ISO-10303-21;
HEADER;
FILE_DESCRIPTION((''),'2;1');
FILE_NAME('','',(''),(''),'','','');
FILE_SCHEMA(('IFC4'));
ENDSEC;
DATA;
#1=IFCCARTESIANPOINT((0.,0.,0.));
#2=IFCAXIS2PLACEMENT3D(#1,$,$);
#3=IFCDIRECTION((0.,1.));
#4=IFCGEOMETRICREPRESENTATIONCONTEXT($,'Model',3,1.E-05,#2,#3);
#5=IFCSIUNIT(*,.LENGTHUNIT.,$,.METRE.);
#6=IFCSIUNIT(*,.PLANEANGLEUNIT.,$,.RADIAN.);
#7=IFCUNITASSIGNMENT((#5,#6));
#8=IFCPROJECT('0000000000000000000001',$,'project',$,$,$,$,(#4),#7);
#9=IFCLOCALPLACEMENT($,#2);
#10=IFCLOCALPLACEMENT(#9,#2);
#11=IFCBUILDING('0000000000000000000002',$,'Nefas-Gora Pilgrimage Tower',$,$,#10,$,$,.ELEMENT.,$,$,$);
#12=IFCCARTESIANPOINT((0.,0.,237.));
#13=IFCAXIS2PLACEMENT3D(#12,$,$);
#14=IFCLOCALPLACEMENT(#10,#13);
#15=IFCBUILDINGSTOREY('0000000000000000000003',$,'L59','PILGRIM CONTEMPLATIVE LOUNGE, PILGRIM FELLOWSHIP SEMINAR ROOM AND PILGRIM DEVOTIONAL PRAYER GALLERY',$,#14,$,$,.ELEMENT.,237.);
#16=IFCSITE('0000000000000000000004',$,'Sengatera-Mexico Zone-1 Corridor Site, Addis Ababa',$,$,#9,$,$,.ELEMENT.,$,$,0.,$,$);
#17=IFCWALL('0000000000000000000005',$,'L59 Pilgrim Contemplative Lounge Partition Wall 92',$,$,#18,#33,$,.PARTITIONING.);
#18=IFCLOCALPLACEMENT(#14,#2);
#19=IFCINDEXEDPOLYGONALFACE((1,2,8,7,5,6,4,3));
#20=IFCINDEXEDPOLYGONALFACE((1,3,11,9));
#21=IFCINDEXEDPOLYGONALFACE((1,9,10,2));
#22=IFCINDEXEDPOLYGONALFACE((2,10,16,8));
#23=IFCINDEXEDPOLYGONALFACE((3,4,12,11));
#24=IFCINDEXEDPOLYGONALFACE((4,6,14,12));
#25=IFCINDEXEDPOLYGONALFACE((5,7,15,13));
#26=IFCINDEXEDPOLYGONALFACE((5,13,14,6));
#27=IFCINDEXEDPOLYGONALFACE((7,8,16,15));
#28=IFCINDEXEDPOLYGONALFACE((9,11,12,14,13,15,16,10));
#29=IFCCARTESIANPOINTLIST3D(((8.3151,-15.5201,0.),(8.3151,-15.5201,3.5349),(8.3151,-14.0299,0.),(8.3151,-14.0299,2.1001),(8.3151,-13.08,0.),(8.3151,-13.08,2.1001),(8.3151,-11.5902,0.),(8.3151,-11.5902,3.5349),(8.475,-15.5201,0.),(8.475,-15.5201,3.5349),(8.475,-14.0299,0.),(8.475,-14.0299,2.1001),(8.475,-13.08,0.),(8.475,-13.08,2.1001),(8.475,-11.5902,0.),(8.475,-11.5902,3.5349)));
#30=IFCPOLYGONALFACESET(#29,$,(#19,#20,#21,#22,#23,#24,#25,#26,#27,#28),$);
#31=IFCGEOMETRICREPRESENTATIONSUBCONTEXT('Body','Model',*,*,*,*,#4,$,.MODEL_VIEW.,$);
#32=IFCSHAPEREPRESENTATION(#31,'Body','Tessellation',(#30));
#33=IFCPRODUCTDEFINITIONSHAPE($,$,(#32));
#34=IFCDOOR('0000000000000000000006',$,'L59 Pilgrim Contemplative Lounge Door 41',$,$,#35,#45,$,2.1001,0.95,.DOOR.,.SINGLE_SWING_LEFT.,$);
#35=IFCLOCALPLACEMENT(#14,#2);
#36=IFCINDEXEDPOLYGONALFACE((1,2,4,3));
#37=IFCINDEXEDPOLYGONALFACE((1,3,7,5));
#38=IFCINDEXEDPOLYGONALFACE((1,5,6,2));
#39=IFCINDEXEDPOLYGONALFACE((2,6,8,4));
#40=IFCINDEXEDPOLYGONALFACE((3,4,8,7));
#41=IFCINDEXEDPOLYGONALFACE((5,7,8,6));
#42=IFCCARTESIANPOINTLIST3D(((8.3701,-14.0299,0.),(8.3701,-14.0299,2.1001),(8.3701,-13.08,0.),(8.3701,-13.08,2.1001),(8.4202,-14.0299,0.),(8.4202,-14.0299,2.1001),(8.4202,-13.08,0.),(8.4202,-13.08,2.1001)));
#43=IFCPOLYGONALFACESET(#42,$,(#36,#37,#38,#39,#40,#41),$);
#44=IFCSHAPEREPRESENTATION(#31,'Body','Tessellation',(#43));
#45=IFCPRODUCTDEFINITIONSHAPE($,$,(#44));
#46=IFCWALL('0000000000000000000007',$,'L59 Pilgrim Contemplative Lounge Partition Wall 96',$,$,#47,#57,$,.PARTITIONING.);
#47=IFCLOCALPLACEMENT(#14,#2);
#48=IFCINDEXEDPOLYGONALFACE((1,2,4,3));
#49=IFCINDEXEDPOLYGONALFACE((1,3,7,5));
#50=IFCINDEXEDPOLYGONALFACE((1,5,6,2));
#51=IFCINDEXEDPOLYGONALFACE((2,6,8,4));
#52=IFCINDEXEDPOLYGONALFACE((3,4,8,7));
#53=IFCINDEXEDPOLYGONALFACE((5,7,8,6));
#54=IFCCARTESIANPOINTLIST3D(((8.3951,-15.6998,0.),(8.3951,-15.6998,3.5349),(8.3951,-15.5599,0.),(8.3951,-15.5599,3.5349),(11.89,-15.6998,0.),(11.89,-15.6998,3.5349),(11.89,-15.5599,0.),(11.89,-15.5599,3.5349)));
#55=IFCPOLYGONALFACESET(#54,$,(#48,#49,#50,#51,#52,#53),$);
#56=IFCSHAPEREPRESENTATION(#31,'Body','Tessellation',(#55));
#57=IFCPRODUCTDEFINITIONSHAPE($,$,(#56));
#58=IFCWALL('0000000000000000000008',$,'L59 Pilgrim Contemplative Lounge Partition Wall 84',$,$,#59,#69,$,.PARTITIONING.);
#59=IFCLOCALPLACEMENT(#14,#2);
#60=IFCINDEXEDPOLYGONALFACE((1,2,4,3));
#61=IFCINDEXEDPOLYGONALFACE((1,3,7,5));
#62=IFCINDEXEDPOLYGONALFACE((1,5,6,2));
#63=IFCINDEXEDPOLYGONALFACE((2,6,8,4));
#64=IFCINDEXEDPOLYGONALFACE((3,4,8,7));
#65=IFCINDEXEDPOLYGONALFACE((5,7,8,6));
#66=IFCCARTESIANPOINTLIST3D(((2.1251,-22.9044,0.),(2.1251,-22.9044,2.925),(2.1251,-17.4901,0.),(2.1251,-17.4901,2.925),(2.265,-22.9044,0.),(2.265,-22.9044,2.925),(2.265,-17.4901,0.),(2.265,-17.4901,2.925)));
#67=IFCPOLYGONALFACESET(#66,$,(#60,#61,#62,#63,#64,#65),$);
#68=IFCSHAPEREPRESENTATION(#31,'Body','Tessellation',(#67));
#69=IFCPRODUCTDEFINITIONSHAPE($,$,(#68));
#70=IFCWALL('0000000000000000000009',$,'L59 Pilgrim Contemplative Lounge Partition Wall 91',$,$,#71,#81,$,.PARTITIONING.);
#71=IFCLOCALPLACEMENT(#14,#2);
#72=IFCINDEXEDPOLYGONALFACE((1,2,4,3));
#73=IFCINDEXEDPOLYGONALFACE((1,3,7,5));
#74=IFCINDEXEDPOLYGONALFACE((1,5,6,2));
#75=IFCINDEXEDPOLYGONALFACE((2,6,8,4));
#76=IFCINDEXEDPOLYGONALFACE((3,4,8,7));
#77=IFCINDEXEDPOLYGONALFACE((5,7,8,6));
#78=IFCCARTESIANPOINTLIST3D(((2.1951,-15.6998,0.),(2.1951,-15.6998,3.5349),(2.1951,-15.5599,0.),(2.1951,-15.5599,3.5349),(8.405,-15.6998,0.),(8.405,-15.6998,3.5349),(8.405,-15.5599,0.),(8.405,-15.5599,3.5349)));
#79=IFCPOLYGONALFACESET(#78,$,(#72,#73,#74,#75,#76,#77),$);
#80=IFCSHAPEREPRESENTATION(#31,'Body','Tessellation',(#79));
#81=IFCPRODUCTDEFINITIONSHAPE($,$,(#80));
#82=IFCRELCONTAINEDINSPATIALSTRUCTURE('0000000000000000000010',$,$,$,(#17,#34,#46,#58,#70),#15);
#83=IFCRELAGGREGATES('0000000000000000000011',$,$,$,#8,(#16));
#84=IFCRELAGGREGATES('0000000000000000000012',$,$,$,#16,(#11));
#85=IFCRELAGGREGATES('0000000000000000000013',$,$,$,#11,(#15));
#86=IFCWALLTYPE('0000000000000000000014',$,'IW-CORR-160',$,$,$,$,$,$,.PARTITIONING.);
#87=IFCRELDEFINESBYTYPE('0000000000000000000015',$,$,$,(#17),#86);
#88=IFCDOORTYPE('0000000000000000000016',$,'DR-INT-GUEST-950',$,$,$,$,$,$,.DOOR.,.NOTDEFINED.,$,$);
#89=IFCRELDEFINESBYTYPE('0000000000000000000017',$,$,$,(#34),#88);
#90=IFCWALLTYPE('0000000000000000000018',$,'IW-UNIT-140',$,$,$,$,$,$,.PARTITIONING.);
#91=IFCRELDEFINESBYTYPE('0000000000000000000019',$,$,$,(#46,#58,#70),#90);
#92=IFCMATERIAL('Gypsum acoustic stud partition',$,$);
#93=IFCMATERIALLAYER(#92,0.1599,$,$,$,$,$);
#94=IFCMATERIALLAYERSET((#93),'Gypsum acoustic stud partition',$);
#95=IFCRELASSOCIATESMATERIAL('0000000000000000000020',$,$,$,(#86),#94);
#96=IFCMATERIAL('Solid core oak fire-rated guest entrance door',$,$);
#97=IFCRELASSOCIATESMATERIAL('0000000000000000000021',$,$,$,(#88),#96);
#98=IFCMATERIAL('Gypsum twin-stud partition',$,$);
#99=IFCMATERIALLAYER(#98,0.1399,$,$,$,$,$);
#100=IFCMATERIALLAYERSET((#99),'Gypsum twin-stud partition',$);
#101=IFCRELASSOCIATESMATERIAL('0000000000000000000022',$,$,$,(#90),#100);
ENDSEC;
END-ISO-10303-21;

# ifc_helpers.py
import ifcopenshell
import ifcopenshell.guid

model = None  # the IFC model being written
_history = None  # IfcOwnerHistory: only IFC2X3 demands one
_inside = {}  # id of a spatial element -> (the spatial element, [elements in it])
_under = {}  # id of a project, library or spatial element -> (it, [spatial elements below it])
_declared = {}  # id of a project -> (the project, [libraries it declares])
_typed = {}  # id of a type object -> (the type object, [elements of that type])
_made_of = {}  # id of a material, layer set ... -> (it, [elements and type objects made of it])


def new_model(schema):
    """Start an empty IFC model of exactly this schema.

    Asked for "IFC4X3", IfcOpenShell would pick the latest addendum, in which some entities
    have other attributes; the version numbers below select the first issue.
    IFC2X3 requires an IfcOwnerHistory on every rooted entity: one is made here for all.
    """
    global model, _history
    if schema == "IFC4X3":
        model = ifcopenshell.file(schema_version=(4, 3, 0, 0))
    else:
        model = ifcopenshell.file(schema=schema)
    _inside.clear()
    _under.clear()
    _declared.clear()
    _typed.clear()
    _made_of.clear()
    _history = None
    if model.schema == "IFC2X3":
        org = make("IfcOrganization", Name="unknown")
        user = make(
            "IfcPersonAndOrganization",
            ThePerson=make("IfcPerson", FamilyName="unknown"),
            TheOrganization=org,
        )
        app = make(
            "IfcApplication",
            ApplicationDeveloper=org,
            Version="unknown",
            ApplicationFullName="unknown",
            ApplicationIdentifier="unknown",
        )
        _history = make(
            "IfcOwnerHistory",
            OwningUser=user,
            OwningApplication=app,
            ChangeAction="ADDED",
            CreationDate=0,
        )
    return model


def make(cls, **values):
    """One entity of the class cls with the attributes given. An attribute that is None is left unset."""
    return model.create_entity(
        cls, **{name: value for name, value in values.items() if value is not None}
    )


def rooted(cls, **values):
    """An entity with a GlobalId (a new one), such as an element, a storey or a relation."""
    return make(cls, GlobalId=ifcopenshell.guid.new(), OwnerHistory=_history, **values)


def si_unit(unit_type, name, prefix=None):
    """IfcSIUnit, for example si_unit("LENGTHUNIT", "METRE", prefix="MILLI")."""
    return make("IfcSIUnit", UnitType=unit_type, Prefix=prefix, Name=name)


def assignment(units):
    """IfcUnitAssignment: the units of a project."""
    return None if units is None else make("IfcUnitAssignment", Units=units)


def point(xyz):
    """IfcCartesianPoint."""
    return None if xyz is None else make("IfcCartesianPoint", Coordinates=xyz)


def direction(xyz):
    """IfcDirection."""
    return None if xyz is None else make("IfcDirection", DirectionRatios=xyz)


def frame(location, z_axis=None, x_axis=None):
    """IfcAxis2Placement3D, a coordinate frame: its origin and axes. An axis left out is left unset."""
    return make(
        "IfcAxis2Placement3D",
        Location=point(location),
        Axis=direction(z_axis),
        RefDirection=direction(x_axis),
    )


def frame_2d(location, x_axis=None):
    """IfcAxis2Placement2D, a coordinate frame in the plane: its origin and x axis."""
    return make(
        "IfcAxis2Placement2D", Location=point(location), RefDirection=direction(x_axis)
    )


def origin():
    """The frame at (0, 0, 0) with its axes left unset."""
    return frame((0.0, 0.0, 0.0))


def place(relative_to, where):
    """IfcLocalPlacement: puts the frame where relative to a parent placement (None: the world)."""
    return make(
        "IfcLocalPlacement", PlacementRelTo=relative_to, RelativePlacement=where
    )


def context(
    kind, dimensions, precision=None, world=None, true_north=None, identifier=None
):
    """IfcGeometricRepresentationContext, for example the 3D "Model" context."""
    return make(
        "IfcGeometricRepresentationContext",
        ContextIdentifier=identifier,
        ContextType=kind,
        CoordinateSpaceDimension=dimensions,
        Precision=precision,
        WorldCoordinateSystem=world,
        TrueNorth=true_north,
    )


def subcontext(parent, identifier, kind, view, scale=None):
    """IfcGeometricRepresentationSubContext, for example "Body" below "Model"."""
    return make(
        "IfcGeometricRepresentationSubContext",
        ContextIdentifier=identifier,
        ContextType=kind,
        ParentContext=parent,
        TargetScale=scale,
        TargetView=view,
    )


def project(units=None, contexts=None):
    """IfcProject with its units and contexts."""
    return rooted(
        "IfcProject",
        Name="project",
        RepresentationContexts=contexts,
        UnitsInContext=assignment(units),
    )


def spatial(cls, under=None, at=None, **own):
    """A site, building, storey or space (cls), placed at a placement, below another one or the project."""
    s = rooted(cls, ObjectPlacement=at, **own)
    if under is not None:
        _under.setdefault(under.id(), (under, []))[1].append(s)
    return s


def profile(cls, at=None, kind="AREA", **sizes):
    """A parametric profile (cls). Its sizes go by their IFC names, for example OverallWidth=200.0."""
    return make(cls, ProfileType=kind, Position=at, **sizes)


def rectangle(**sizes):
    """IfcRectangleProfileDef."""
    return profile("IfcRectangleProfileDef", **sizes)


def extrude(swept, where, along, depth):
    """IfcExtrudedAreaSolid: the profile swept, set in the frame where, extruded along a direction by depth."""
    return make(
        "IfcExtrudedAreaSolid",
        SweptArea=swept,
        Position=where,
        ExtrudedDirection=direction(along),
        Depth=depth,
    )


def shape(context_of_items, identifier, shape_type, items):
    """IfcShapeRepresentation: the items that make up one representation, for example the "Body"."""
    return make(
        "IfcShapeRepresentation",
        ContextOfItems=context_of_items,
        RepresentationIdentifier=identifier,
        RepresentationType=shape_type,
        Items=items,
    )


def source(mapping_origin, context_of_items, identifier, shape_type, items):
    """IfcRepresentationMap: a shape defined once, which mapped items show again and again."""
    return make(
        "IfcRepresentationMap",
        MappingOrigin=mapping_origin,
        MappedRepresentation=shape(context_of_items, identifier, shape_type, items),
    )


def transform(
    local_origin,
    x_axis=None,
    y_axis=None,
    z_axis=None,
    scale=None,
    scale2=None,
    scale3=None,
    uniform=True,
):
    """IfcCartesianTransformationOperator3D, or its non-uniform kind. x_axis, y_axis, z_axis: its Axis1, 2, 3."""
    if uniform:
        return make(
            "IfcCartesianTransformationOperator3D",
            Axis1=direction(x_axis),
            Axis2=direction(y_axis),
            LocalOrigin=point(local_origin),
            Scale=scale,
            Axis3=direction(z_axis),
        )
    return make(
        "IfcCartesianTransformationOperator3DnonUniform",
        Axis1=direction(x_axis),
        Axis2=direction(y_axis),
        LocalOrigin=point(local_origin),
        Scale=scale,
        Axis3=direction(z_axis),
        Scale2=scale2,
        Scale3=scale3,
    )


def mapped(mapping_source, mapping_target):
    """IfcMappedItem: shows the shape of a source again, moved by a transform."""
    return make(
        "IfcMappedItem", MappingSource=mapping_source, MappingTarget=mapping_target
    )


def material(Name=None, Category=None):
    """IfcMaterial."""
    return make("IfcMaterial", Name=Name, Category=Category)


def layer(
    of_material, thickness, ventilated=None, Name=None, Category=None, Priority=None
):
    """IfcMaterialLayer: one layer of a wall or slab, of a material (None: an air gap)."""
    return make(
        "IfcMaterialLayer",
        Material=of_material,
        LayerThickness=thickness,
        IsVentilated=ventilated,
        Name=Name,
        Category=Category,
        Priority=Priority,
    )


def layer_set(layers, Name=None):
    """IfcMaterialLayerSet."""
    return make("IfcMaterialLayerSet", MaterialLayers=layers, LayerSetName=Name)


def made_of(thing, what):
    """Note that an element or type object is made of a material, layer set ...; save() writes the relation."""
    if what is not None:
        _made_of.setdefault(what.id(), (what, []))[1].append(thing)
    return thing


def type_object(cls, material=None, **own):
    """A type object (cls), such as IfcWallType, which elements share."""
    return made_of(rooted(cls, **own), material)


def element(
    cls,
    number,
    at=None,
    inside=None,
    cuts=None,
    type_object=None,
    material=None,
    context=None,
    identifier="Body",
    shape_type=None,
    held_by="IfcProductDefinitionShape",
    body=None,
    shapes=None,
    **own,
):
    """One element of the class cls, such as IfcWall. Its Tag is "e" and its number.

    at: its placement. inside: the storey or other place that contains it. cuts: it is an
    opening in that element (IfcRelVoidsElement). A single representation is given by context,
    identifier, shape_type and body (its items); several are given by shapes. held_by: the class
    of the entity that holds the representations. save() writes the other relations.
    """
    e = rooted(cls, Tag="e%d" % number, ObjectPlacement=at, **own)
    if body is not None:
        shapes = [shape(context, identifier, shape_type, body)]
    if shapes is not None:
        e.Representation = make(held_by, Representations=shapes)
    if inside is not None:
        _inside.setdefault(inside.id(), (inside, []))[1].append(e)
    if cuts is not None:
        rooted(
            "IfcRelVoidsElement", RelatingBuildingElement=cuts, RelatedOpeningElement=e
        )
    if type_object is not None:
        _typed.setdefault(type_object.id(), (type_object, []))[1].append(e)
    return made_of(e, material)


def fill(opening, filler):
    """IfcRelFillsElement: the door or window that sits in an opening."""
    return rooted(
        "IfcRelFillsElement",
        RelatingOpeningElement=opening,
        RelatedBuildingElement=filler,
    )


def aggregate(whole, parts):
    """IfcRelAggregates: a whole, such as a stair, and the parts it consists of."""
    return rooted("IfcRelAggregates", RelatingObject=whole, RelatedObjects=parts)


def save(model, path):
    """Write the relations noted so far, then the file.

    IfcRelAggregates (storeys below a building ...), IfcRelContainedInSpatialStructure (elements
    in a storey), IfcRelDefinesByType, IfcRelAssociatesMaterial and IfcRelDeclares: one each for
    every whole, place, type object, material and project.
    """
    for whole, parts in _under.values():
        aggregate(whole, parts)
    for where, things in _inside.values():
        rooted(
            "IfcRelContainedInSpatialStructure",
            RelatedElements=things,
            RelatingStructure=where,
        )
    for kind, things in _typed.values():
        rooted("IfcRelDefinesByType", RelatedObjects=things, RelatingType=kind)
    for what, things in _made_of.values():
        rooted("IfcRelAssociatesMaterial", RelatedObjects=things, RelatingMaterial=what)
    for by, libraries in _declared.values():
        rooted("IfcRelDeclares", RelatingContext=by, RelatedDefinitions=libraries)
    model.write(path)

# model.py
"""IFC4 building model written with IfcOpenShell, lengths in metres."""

from ifc_helpers import new_model, si_unit, direction, frame, frame_2d, origin, place, context, subcontext, project, spatial, rectangle, extrude, source, transform, mapped, material, layer, layer_set, type_object, element, fill, save


model = new_model("IFC4")

# Units and contexts
model_context = context("Model", 3, precision=1e-05, world=origin(), true_north=direction((0.0, 1.0)))
body_context = subcontext(model_context, "Body", "Model", "MODEL_VIEW")
ifc_project = project(units=[si_unit("LENGTHUNIT", "METRE"), si_unit("PLANEANGLEUNIT", "RADIAN")], contexts=[model_context])

# Site, building, storey
site_placement = place(None, origin())
site = spatial("IfcSite", under=ifc_project, at=site_placement, Name="Sengatera-Mexico Zone-1 Corridor Site, Addis Ababa", CompositionType="ELEMENT", RefElevation=0.0)
building_placement = place(site_placement, origin())
building = spatial("IfcBuilding", under=site, at=building_placement, Name="Nefas-Gora Pilgrimage Tower", CompositionType="ELEMENT")
storey_placement = place(building_placement, frame((0.0, 0.0, 237.0)))
storey = spatial("IfcBuildingStorey", under=building, at=storey_placement, Name="L59", Description="PILGRIM CONTEMPLATIVE LOUNGE, PILGRIM FELLOWSHIP SEMINAR ROOM AND PILGRIM DEVOTIONAL PRAYER GALLERY", CompositionType="ELEMENT", Elevation=237.0)

# Shared definitions
ifc_material_1 = material(Name="Gypsum acoustic stud partition")
ifc_layer_1 = layer(ifc_material_1, 0.1599)
ifc_layer_set_1 = layer_set([ifc_layer_1], Name="Gypsum acoustic stud partition")
wall_type_1 = type_object("IfcWallType", Name="IW-CORR-160", PredefinedType="PARTITIONING", material=ifc_layer_set_1)
ifc_material_2 = material(Name="Solid core oak fire-rated guest entrance door")
door_type = type_object("IfcDoorType", Name="DR-INT-GUEST-950", OperationType="NOTDEFINED", PredefinedType="DOOR", material=ifc_material_2)
shared_shape_1 = source(origin(), body_context, "Body", "SweptSolid", [
    extrude(rectangle(XDim=0.95, YDim=2.1001, at=frame_2d((0.4751, 1.05))), frame((0.0, 0.0249, 0.0), z_axis=(0.0, -1.0, 0.0), x_axis=(1.0, 0.0, 0.0)), (0.0, 0.0, 1.0), 0.05),
])

# Shared definitions
ifc_material_3 = material(Name="Gypsum twin-stud partition")
ifc_layer_2 = layer(ifc_material_3, 0.1399)
ifc_layer_set_2 = layer_set([ifc_layer_2], Name="Gypsum twin-stud partition")
wall_type_2 = type_object("IfcWallType", Name="IW-UNIT-140", PredefinedType="PARTITIONING", material=ifc_layer_set_2)

# Wall, opening, door
shared_shape_2 = source(origin(), body_context, "Body", "SweptSolid", [
    extrude(rectangle(XDim=3.9299, YDim=0.1599, at=frame_2d((1.9648, 0.0))), origin(), (0.0, 0.0, 1.0), 3.5349),
])
wall_1_placement = place(storey_placement, frame((8.395, -15.52, 0.0), z_axis=(0.0, 0.0, 1.0), x_axis=(0.0, 1.0, 0.0)))
wall_1 = element("IfcWall", 1, at=wall_1_placement, inside=storey, type_object=wall_type_1, Name="L59 Pilgrim Contemplative Lounge Partition Wall 92", PredefinedType="PARTITIONING", context=body_context, shape_type="MappedRepresentation", body=[
    mapped(shared_shape_2, transform((0.0, 0.0, 0.0), x_axis=(1.0, 0.0, 0.0), y_axis=(0.0, 1.0, 0.0), z_axis=(0.0, 0.0, 1.0), scale=1.0)),
])
opening_1_placement = place(wall_1_placement, frame((1.49, 0.0, 0.0)))
opening_1 = element("IfcOpeningElement", 2, at=opening_1_placement, cuts=wall_1, PredefinedType="OPENING", context=body_context, shape_type="SweptSolid", body=[
    extrude(rectangle(XDim=0.95, YDim=2.1001, at=frame_2d((0.4751, 1.05))), frame((0.0, 0.0898, 0.0), z_axis=(0.0, -1.0, 0.0), x_axis=(1.0, 0.0, 0.0)), (0.0, 0.0, 1.0), 0.1799),
])
door_1_placement = place(opening_1_placement, origin())
door_1 = element("IfcDoor", 3, at=door_1_placement, inside=storey, type_object=door_type, Name="L59 Pilgrim Contemplative Lounge Door 41", OperationType="SINGLE_SWING_LEFT", OverallHeight=2.1001, OverallWidth=0.95, PredefinedType="DOOR", context=body_context, shape_type="MappedRepresentation", body=[
    mapped(shared_shape_1, transform((0.0, 0.0, 0.0), x_axis=(1.0, 0.0, 0.0), y_axis=(0.0, 1.0, 0.0), z_axis=(0.0, 0.0, 1.0), scale=1.0)),
])
fill(opening_1, door_1)

# Walls
shared_shape_3 = source(origin(), body_context, "Body", "SweptSolid", [
    extrude(rectangle(XDim=3.4949, YDim=0.1399, at=frame_2d((1.7476, 0.0))), origin(), (0.0, 0.0, 1.0), 3.5349),
])
wall_2_placement = place(storey_placement, frame((8.395, -15.6299, 0.0), z_axis=(0.0, 0.0, 1.0), x_axis=(1.0, 0.0, 0.0)))
element("IfcWall", 4, at=wall_2_placement, inside=storey, type_object=wall_type_2, Name="L59 Pilgrim Contemplative Lounge Partition Wall 96", PredefinedType="PARTITIONING", context=body_context, shape_type="MappedRepresentation", body=[
    mapped(shared_shape_3, transform((0.0, 0.0, 0.0), x_axis=(1.0, 0.0, 0.0), y_axis=(0.0, 1.0, 0.0), z_axis=(0.0, 0.0, 1.0), scale=1.0)),
])
shared_shape_4 = source(origin(), body_context, "Body", "SweptSolid", [
    extrude(rectangle(XDim=5.4143, YDim=0.1399, at=frame_2d((2.707, 0.0))), origin(), (0.0, 0.0, 1.0), 2.925),
])
wall_3_placement = place(storey_placement, frame((2.1951, -22.9043, 0.0), z_axis=(0.0, 0.0, 1.0), x_axis=(0.0, 1.0, 0.0)))
element("IfcWall", 5, at=wall_3_placement, inside=storey, type_object=wall_type_2, Name="L59 Pilgrim Contemplative Lounge Partition Wall 84", PredefinedType="PARTITIONING", context=body_context, shape_type="MappedRepresentation", body=[
    mapped(shared_shape_4, transform((0.0, 0.0, 0.0), x_axis=(1.0, 0.0, 0.0), y_axis=(0.0, 1.0, 0.0), z_axis=(0.0, 0.0, 1.0), scale=1.0)),
])
shared_shape_5 = source(origin(), body_context, "Body", "SweptSolid", [
    extrude(rectangle(XDim=6.21, YDim=0.1399, at=frame_2d((3.105, 0.0))), origin(), (0.0, 0.0, 1.0), 3.5349),
])
wall_4_placement = place(storey_placement, frame((2.1951, -15.6299, 0.0), z_axis=(0.0, 0.0, 1.0), x_axis=(1.0, 0.0, 0.0)))
element("IfcWall", 6, at=wall_4_placement, inside=storey, type_object=wall_type_2, Name="L59 Pilgrim Contemplative Lounge Partition Wall 91", PredefinedType="PARTITIONING", context=body_context, shape_type="MappedRepresentation", body=[
    mapped(shared_shape_5, transform((0.0, 0.0, 0.0), x_axis=(1.0, 0.0, 0.0), y_axis=(0.0, 1.0, 0.0), z_axis=(0.0, 0.0, 1.0), scale=1.0)),
])

save(model, "model.ifc")
